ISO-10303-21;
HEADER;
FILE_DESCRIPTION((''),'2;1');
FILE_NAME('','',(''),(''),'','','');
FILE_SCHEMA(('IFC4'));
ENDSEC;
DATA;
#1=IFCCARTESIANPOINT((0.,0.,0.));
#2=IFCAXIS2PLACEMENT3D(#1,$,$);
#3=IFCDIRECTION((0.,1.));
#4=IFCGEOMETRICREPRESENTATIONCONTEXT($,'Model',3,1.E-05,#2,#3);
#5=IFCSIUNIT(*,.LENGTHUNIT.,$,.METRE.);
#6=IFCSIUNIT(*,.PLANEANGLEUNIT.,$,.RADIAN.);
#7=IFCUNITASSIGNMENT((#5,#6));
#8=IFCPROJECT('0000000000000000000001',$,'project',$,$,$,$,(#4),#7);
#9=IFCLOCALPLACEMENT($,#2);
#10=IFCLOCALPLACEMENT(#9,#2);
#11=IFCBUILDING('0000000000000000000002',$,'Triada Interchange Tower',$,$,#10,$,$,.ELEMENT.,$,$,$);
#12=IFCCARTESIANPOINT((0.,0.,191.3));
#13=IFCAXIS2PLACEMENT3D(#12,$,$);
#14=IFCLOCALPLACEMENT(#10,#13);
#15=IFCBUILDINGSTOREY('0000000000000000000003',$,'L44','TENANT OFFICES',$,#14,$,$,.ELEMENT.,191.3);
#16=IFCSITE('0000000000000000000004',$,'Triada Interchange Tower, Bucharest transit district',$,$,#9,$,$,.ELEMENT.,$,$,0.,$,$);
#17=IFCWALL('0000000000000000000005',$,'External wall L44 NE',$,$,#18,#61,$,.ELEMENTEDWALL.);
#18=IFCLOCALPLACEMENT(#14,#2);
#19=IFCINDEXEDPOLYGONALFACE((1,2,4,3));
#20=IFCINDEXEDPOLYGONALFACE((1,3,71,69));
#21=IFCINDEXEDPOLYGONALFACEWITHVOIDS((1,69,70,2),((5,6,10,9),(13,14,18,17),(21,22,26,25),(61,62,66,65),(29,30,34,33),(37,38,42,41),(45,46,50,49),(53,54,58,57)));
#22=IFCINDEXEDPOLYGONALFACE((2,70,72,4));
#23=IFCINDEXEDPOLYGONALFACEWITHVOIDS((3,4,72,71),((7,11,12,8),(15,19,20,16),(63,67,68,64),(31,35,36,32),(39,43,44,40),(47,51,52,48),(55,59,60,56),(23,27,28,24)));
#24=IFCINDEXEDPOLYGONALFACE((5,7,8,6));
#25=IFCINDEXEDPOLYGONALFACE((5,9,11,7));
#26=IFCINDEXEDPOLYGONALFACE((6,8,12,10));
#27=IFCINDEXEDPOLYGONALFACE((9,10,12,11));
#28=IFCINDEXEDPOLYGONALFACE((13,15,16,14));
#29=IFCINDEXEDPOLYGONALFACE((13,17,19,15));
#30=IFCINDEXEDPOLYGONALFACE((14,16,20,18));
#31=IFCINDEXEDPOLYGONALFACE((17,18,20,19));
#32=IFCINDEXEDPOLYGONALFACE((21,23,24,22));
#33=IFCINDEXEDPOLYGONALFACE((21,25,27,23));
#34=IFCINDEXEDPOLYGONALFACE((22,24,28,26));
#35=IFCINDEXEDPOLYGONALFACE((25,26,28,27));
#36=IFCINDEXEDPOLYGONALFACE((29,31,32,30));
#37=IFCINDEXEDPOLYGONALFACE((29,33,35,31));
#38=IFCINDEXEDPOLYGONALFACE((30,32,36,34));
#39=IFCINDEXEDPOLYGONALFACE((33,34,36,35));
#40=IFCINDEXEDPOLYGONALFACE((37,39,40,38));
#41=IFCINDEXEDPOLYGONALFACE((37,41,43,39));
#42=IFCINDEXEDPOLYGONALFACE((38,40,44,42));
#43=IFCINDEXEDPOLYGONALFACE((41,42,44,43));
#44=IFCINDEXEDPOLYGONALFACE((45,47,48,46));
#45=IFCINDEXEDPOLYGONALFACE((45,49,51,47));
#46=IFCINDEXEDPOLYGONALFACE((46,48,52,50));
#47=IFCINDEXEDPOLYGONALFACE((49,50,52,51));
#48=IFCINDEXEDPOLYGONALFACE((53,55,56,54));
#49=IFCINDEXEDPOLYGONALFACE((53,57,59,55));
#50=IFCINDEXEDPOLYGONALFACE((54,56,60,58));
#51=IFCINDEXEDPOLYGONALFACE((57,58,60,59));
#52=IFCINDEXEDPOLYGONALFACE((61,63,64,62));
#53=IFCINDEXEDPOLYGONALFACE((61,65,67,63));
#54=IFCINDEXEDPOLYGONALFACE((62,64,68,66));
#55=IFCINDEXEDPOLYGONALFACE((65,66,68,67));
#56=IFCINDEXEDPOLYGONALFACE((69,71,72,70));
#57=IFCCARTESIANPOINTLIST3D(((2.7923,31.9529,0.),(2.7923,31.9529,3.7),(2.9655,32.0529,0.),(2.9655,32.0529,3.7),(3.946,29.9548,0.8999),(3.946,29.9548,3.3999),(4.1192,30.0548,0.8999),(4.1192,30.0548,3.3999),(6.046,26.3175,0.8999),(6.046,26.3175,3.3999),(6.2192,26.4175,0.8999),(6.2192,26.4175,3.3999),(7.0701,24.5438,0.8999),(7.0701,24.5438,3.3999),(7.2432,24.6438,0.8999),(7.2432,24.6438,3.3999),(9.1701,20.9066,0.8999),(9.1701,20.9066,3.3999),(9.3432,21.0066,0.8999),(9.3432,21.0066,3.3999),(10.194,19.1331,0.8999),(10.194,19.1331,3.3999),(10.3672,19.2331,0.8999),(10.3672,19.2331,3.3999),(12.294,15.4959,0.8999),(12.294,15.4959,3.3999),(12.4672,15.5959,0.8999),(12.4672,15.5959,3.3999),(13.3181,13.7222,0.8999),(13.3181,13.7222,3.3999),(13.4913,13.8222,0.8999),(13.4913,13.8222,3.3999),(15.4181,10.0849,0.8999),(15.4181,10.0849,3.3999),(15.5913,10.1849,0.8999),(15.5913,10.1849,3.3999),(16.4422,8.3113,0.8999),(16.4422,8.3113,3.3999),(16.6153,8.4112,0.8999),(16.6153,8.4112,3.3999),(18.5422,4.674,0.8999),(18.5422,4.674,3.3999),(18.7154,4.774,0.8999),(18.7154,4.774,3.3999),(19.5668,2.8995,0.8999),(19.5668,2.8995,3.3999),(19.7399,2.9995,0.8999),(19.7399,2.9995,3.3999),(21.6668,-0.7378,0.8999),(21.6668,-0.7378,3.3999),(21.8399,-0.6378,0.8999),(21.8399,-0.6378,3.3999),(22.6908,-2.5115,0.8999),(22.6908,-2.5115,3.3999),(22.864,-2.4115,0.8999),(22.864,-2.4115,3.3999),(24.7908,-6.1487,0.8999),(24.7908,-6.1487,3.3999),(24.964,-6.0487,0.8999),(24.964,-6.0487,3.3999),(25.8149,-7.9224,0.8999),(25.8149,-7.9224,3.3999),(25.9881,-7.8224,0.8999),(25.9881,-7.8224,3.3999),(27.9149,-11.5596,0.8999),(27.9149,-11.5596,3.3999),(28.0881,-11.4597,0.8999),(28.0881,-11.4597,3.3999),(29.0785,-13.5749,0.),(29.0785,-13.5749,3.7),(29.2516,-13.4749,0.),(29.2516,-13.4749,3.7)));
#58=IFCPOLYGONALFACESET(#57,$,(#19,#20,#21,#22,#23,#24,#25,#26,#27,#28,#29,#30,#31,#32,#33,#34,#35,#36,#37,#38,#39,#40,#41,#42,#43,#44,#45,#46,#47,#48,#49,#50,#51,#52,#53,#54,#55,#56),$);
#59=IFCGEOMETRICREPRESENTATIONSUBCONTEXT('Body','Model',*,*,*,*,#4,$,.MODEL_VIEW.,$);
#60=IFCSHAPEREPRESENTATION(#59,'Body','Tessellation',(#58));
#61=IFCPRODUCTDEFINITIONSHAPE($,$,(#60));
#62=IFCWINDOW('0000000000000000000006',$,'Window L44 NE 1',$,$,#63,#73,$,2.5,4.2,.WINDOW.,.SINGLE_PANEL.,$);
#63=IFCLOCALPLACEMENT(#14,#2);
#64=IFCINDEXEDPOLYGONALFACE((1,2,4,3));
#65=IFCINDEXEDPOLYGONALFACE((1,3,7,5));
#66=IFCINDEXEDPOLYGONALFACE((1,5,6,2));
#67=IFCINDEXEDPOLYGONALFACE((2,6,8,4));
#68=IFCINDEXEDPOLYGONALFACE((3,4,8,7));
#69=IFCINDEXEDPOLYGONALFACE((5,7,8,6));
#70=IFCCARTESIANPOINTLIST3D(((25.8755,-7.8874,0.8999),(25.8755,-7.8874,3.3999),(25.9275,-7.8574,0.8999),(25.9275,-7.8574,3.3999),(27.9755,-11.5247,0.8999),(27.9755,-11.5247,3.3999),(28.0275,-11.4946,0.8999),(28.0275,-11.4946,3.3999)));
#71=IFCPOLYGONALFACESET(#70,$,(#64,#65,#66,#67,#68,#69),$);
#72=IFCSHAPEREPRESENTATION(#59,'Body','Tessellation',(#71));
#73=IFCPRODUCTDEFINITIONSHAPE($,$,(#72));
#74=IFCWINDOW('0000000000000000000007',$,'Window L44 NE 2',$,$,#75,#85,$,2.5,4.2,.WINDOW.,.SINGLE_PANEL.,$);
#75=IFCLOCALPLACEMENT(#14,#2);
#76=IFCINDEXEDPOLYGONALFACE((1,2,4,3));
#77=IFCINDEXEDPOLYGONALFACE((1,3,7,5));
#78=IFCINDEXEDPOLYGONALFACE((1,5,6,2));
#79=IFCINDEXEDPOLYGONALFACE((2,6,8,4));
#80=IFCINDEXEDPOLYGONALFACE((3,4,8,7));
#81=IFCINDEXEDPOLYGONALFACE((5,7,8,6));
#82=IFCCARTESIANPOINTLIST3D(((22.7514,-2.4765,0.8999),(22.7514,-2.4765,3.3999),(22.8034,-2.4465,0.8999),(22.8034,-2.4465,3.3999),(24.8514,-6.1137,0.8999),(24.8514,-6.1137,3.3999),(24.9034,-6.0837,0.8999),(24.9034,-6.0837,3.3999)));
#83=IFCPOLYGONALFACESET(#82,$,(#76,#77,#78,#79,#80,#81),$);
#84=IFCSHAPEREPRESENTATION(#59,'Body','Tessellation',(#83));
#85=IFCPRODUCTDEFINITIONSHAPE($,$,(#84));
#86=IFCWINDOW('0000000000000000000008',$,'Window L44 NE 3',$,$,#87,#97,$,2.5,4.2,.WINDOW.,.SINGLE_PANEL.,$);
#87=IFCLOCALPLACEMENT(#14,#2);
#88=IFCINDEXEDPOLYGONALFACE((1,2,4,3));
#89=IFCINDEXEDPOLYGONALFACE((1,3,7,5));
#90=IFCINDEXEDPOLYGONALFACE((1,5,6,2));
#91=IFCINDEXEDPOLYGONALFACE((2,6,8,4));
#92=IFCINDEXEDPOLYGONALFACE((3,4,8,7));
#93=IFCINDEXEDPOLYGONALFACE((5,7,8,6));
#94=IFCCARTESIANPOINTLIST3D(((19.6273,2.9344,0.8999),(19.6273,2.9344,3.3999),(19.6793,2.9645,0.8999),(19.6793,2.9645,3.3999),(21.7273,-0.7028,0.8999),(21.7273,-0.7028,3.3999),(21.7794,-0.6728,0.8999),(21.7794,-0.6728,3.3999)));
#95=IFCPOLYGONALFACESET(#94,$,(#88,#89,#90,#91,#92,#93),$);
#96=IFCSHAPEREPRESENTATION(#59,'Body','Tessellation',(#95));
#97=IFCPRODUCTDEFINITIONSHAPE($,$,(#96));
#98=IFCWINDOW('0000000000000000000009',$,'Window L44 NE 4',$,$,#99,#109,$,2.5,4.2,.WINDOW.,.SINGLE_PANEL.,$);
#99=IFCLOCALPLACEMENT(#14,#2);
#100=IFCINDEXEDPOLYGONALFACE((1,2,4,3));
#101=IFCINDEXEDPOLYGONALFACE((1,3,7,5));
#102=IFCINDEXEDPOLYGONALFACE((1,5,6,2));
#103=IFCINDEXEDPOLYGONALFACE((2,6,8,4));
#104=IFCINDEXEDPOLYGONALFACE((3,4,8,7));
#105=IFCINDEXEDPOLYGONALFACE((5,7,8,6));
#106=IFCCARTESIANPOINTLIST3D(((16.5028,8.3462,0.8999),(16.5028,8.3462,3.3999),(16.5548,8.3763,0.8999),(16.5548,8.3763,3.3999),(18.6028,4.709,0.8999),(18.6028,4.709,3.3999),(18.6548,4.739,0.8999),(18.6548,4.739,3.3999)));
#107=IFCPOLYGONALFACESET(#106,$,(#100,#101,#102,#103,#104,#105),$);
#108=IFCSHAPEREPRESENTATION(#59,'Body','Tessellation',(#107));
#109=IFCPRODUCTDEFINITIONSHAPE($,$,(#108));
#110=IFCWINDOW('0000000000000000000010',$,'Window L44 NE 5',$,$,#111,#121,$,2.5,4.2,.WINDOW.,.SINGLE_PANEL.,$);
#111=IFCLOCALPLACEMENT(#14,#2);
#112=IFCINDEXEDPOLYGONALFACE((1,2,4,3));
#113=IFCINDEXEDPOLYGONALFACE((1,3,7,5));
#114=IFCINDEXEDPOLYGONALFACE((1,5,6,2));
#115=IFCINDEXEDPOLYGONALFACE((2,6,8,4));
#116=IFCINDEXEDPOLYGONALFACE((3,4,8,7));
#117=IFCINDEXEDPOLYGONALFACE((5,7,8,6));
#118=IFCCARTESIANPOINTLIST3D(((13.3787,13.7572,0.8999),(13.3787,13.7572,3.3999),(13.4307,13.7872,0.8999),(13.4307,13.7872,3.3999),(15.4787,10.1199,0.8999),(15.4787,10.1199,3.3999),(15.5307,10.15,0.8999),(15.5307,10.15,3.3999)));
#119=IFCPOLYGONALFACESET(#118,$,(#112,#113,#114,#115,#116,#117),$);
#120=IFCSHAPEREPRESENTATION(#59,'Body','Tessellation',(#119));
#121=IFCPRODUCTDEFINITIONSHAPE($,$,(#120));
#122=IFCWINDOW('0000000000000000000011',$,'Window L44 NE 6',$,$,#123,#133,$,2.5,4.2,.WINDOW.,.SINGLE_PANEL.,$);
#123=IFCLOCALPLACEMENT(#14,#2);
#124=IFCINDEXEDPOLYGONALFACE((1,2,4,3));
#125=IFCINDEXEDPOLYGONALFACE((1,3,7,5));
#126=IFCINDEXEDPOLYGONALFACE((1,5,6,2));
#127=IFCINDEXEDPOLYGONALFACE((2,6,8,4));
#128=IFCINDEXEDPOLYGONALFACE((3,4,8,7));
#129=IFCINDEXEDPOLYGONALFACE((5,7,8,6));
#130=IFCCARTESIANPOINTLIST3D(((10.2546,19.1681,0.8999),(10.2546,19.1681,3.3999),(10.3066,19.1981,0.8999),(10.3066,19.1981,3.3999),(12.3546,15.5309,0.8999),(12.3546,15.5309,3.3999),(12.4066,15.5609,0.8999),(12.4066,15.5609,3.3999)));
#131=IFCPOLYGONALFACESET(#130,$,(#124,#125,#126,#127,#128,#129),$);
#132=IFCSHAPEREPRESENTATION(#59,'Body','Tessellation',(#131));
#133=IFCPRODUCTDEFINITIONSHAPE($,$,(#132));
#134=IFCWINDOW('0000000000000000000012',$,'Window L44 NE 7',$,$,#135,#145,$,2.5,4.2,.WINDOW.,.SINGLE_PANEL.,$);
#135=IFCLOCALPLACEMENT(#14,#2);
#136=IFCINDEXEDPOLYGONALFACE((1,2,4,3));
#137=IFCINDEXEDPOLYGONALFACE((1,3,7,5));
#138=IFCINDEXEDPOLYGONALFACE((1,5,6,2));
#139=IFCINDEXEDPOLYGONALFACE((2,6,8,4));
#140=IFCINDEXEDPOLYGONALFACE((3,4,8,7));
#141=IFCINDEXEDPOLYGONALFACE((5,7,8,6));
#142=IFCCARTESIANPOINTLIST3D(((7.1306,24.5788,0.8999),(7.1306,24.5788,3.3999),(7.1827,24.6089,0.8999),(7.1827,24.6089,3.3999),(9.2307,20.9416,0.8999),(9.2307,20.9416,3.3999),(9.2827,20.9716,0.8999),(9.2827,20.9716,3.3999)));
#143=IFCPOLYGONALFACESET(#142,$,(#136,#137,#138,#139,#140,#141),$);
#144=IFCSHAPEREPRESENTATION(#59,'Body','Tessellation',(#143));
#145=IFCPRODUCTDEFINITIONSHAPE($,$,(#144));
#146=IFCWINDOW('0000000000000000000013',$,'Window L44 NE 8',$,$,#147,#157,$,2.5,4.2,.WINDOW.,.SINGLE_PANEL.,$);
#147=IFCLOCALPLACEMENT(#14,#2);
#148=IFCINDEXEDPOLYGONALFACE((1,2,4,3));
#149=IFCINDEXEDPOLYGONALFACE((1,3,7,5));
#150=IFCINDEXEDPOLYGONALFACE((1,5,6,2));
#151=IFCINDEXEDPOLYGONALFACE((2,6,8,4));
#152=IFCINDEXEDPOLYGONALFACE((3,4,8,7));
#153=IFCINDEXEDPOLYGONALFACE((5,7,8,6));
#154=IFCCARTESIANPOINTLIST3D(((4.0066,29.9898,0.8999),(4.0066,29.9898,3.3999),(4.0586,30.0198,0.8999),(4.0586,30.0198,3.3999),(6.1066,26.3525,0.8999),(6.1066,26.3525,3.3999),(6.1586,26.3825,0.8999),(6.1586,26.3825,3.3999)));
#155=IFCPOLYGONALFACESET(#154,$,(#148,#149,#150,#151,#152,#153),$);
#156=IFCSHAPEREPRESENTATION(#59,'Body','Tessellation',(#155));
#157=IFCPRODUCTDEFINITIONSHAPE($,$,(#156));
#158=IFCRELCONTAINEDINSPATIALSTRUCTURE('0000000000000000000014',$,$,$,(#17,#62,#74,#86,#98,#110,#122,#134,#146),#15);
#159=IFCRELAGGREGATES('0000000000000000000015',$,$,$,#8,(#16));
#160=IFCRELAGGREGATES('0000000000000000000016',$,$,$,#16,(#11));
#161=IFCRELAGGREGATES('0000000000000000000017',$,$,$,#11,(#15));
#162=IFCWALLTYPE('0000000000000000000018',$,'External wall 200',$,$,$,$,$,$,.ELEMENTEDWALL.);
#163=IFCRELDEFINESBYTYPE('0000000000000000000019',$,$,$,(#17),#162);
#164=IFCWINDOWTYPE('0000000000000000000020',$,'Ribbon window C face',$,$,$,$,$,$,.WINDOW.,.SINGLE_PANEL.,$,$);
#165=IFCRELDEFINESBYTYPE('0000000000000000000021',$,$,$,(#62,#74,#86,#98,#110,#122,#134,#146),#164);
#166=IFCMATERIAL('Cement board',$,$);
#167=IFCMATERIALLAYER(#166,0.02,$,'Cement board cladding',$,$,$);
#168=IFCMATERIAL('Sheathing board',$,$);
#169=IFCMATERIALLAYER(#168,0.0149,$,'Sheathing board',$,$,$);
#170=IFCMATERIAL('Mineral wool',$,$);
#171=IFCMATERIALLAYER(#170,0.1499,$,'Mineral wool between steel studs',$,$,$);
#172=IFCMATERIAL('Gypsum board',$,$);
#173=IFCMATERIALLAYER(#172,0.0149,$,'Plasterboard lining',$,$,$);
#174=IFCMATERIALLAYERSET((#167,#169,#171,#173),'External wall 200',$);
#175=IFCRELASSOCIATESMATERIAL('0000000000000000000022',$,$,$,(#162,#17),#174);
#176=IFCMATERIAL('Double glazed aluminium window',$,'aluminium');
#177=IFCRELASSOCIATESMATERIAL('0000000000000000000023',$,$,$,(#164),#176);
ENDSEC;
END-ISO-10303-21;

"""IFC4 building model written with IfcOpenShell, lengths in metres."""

from ifc_helpers import new_model, si_unit, direction, frame, frame_2d, origin, place, context, subcontext, project, spatial, rectangle, extrude, material, layer, layer_set, layer_usage, type_object, element, fill, save


model = new_model("IFC4")

# Units and contexts
model_context = context("Model", 3, precision=1e-05, world=origin(), true_north=direction((0.0, 1.0)))
body_context = subcontext(model_context, "Body", "Model", "MODEL_VIEW")
ifc_project = project(units=[si_unit("LENGTHUNIT", "METRE"), si_unit("PLANEANGLEUNIT", "RADIAN")], contexts=[model_context])

# Site, building, storey
site_placement = place(None, origin())
site = spatial("IfcSite", under=ifc_project, at=site_placement, Name="Triada Interchange Tower, Bucharest transit district", CompositionType="ELEMENT", RefElevation=0.0)
building_placement = place(site_placement, origin())
building = spatial("IfcBuilding", under=site, at=building_placement, Name="Triada Interchange Tower", CompositionType="ELEMENT")
storey_placement = place(building_placement, frame((0.0, 0.0, 191.3)))
storey = spatial("IfcBuildingStorey", under=building, at=storey_placement, Name="L44", Description="TENANT OFFICES", CompositionType="ELEMENT", Elevation=191.3)

# Shared definitions
ifc_material_1 = material(Name="Cement board")
ifc_layer_1 = layer(ifc_material_1, 0.02, Name="Cement board cladding")
ifc_material_2 = material(Name="Sheathing board")
ifc_layer_2 = layer(ifc_material_2, 0.0149, Name="Sheathing board")
ifc_material_3 = material(Name="Mineral wool")
ifc_layer_3 = layer(ifc_material_3, 0.1499, Name="Mineral wool between steel studs")
ifc_material_4 = material(Name="Gypsum board")
ifc_layer_4 = layer(ifc_material_4, 0.0149, Name="Plasterboard lining")
ifc_layer_set_1 = layer_set([ifc_layer_1, ifc_layer_2, ifc_layer_3, ifc_layer_4], Name="External wall 200")
ifc_layer_usage = layer_usage(ifc_layer_set_1, "AXIS2", "POSITIVE", -0.1001)
wall_type_1 = type_object("IfcWallType", Name="External wall 200", PredefinedType="ELEMENTEDWALL", material=ifc_layer_set_1)
ifc_material_5 = material(Name="Double glazed aluminium window", Category="aluminium")

# Wall, openings, windows
wall_1_placement = place(storey_placement, frame((29.165, -13.5249, 0.0), z_axis=(0.0, 0.0, 1.0), x_axis=(-0.500009, 0.86602, 0.0)))
wall_1 = element("IfcWall", 1, at=wall_1_placement, inside=storey, type_object=wall_type_1, material=ifc_layer_usage, Name="External wall L44 NE", PredefinedType="ELEMENTEDWALL", context=body_context, shape_type="SweptSolid", body=[
    extrude(rectangle(XDim=52.5713, YDim=0.2, at=frame_2d((26.2856, 0.0))), origin(), (0.0, 0.0, 1.0), 3.7),
])
opening_1_placement = place(wall_1_placement, frame((2.3269, 0.0, 0.8999)))
opening_1 = element("IfcOpeningElement", 2, at=opening_1_placement, cuts=wall_1, PredefinedType="OPENING", context=body_context, shape_type="SweptSolid", body=[
    extrude(rectangle(XDim=4.2, YDim=2.5, at=frame_2d((2.1001, 1.25))), frame((0.0, 0.1099, 0.0), z_axis=(0.0, -1.0, 0.0), x_axis=(1.0, 0.0, 0.0)), (0.0, 0.0, 1.0), 0.22),
])
opening_2_placement = place(wall_1_placement, frame((8.575, 0.0, 0.8999)))
opening_2 = element("IfcOpeningElement", 3, at=opening_2_placement, cuts=wall_1, PredefinedType="OPENING", context=body_context, shape_type="SweptSolid", body=[
    extrude(rectangle(XDim=4.2, YDim=2.5, at=frame_2d((2.1001, 1.25))), frame((0.0, 0.1099, 0.0), z_axis=(0.0, -1.0, 0.0), x_axis=(1.0, 0.0, 0.0)), (0.0, 0.0, 1.0), 0.22),
])
opening_3_placement = place(wall_1_placement, frame((14.823, 0.0, 0.8999)))
opening_3 = element("IfcOpeningElement", 4, at=opening_3_placement, cuts=wall_1, PredefinedType="OPENING", context=body_context, shape_type="SweptSolid", body=[
    extrude(rectangle(XDim=4.2, YDim=2.5, at=frame_2d((2.1001, 1.25))), frame((0.0, 0.1099, 0.0), z_axis=(0.0, -1.0, 0.0), x_axis=(1.0, 0.0, 0.0)), (0.0, 0.0, 1.0), 0.22),
])
opening_4_placement = place(wall_1_placement, frame((21.072, 0.0, 0.8999)))
opening_4 = element("IfcOpeningElement", 5, at=opening_4_placement, cuts=wall_1, PredefinedType="OPENING", context=body_context, shape_type="SweptSolid", body=[
    extrude(rectangle(XDim=4.2, YDim=2.5, at=frame_2d((2.1001, 1.25))), frame((0.0, 0.1099, 0.0), z_axis=(0.0, -1.0, 0.0), x_axis=(1.0, 0.0, 0.0)), (0.0, 0.0, 1.0), 0.22),
])
opening_5_placement = place(wall_1_placement, frame((27.3201, 0.0, 0.8999)))
opening_5 = element("IfcOpeningElement", 6, at=opening_5_placement, cuts=wall_1, PredefinedType="OPENING", context=body_context, shape_type="SweptSolid", body=[
    extrude(rectangle(XDim=4.2, YDim=2.5, at=frame_2d((2.1001, 1.25))), frame((0.0, 0.1099, 0.0), z_axis=(0.0, -1.0, 0.0), x_axis=(1.0, 0.0, 0.0)), (0.0, 0.0, 1.0), 0.22),
])
opening_6_placement = place(wall_1_placement, frame((33.5681, 0.0, 0.8999)))
opening_6 = element("IfcOpeningElement", 7, at=opening_6_placement, cuts=wall_1, PredefinedType="OPENING", context=body_context, shape_type="SweptSolid", body=[
    extrude(rectangle(XDim=4.2, YDim=2.5, at=frame_2d((2.1001, 1.25))), frame((0.0, 0.1099, 0.0), z_axis=(0.0, -1.0, 0.0), x_axis=(1.0, 0.0, 0.0)), (0.0, 0.0, 1.0), 0.22),
])
opening_7_placement = place(wall_1_placement, frame((39.8159, 0.0, 0.8999)))
opening_7 = element("IfcOpeningElement", 8, at=opening_7_placement, cuts=wall_1, PredefinedType="OPENING", context=body_context, shape_type="SweptSolid", body=[
    extrude(rectangle(XDim=4.2, YDim=2.5, at=frame_2d((2.1001, 1.25))), frame((0.0, 0.1099, 0.0), z_axis=(0.0, -1.0, 0.0), x_axis=(1.0, 0.0, 0.0)), (0.0, 0.0, 1.0), 0.22),
])
opening_8_placement = place(wall_1_placement, frame((46.064, 0.0, 0.8999)))
opening_8 = element("IfcOpeningElement", 9, at=opening_8_placement, cuts=wall_1, PredefinedType="OPENING", context=body_context, shape_type="SweptSolid", body=[
    extrude(rectangle(XDim=4.2, YDim=2.5, at=frame_2d((2.1001, 1.25))), frame((0.0, 0.1099, 0.0), z_axis=(0.0, -1.0, 0.0), x_axis=(1.0, 0.0, 0.0)), (0.0, 0.0, 1.0), 0.22),
])
window_type_1 = type_object("IfcWindowType", Name="Ribbon window C face", PartitioningType="SINGLE_PANEL", PredefinedType="WINDOW", material=ifc_material_5)
window_1_placement = place(opening_1_placement, origin())
window_1 = element("IfcWindow", 10, at=window_1_placement, inside=storey, type_object=window_type_1, Name="Window L44 NE 1", OverallHeight=2.5, OverallWidth=4.2, PartitioningType="SINGLE_PANEL", PredefinedType="WINDOW", context=body_context, shape_type="SweptSolid", body=[
    extrude(rectangle(XDim=4.2, YDim=2.5, at=frame_2d((2.1001, 1.25))), frame((0.0, 0.03, 0.0), z_axis=(0.0, -1.0, 0.0), x_axis=(1.0, 0.0, 0.0)), (0.0, 0.0, 1.0), 0.0601),
])
fill(opening_1, window_1)
window_2_placement = place(opening_2_placement, origin())
window_2 = element("IfcWindow", 11, at=window_2_placement, inside=storey, type_object=window_type_1, Name="Window L44 NE 2", OverallHeight=2.5, OverallWidth=4.2, PartitioningType="SINGLE_PANEL", PredefinedType="WINDOW", context=body_context, shape_type="SweptSolid", body=[
    extrude(rectangle(XDim=4.2, YDim=2.5, at=frame_2d((2.1001, 1.25))), frame((0.0, 0.03, 0.0), z_axis=(0.0, -1.0, 0.0), x_axis=(1.0, 0.0, 0.0)), (0.0, 0.0, 1.0), 0.0601),
])
fill(opening_2, window_2)
window_3_placement = place(opening_3_placement, origin())
window_3 = element("IfcWindow", 12, at=window_3_placement, inside=storey, type_object=window_type_1, Name="Window L44 NE 3", OverallHeight=2.5, OverallWidth=4.2, PartitioningType="SINGLE_PANEL", PredefinedType="WINDOW", context=body_context, shape_type="SweptSolid", body=[
    extrude(rectangle(XDim=4.2, YDim=2.5, at=frame_2d((2.1001, 1.25))), frame((0.0, 0.03, 0.0), z_axis=(0.0, -1.0, 0.0), x_axis=(1.0, 0.0, 0.0)), (0.0, 0.0, 1.0), 0.0601),
])
fill(opening_3, window_3)
window_4_placement = place(opening_4_placement, origin())
window_4 = element("IfcWindow", 13, at=window_4_placement, inside=storey, type_object=window_type_1, Name="Window L44 NE 4", OverallHeight=2.5, OverallWidth=4.2, PartitioningType="SINGLE_PANEL", PredefinedType="WINDOW", context=body_context, shape_type="SweptSolid", body=[
    extrude(rectangle(XDim=4.2, YDim=2.5, at=frame_2d((2.1001, 1.25))), frame((0.0, 0.03, 0.0), z_axis=(0.0, -1.0, 0.0), x_axis=(1.0, 0.0, 0.0)), (0.0, 0.0, 1.0), 0.0601),
])
fill(opening_4, window_4)
window_5_placement = place(opening_5_placement, origin())
window_5 = element("IfcWindow", 14, at=window_5_placement, inside=storey, type_object=window_type_1, Name="Window L44 NE 5", OverallHeight=2.5, OverallWidth=4.2, PartitioningType="SINGLE_PANEL", PredefinedType="WINDOW", context=body_context, shape_type="SweptSolid", body=[
    extrude(rectangle(XDim=4.2, YDim=2.5, at=frame_2d((2.1001, 1.25))), frame((0.0, 0.03, 0.0), z_axis=(0.0, -1.0, 0.0), x_axis=(1.0, 0.0, 0.0)), (0.0, 0.0, 1.0), 0.0601),
])
fill(opening_5, window_5)
window_6_placement = place(opening_6_placement, origin())
window_6 = element("IfcWindow", 15, at=window_6_placement, inside=storey, type_object=window_type_1, Name="Window L44 NE 6", OverallHeight=2.5, OverallWidth=4.2, PartitioningType="SINGLE_PANEL", PredefinedType="WINDOW", context=body_context, shape_type="SweptSolid", body=[
    extrude(rectangle(XDim=4.2, YDim=2.5, at=frame_2d((2.1001, 1.25))), frame((0.0, 0.03, 0.0), z_axis=(0.0, -1.0, 0.0), x_axis=(1.0, 0.0, 0.0)), (0.0, 0.0, 1.0), 0.0601),
])
fill(opening_6, window_6)
window_7_placement = place(opening_7_placement, origin())
window_7 = element("IfcWindow", 16, at=window_7_placement, inside=storey, type_object=window_type_1, Name="Window L44 NE 7", OverallHeight=2.5, OverallWidth=4.2, PartitioningType="SINGLE_PANEL", PredefinedType="WINDOW", context=body_context, shape_type="SweptSolid", body=[
    extrude(rectangle(XDim=4.2, YDim=2.5, at=frame_2d((2.1001, 1.25))), frame((0.0, 0.03, 0.0), z_axis=(0.0, -1.0, 0.0), x_axis=(1.0, 0.0, 0.0)), (0.0, 0.0, 1.0), 0.0601),
])
fill(opening_7, window_7)
window_8_placement = place(opening_8_placement, origin())
window_8 = element("IfcWindow", 17, at=window_8_placement, inside=storey, type_object=window_type_1, Name="Window L44 NE 8", OverallHeight=2.5, OverallWidth=4.2, PartitioningType="SINGLE_PANEL", PredefinedType="WINDOW", context=body_context, shape_type="SweptSolid", body=[
    extrude(rectangle(XDim=4.2, YDim=2.5, at=frame_2d((2.1001, 1.25))), frame((0.0, 0.03, 0.0), z_axis=(0.0, -1.0, 0.0), x_axis=(1.0, 0.0, 0.0)), (0.0, 0.0, 1.0), 0.0601),
])
fill(opening_8, window_8)

save(model, "model.ifc")
